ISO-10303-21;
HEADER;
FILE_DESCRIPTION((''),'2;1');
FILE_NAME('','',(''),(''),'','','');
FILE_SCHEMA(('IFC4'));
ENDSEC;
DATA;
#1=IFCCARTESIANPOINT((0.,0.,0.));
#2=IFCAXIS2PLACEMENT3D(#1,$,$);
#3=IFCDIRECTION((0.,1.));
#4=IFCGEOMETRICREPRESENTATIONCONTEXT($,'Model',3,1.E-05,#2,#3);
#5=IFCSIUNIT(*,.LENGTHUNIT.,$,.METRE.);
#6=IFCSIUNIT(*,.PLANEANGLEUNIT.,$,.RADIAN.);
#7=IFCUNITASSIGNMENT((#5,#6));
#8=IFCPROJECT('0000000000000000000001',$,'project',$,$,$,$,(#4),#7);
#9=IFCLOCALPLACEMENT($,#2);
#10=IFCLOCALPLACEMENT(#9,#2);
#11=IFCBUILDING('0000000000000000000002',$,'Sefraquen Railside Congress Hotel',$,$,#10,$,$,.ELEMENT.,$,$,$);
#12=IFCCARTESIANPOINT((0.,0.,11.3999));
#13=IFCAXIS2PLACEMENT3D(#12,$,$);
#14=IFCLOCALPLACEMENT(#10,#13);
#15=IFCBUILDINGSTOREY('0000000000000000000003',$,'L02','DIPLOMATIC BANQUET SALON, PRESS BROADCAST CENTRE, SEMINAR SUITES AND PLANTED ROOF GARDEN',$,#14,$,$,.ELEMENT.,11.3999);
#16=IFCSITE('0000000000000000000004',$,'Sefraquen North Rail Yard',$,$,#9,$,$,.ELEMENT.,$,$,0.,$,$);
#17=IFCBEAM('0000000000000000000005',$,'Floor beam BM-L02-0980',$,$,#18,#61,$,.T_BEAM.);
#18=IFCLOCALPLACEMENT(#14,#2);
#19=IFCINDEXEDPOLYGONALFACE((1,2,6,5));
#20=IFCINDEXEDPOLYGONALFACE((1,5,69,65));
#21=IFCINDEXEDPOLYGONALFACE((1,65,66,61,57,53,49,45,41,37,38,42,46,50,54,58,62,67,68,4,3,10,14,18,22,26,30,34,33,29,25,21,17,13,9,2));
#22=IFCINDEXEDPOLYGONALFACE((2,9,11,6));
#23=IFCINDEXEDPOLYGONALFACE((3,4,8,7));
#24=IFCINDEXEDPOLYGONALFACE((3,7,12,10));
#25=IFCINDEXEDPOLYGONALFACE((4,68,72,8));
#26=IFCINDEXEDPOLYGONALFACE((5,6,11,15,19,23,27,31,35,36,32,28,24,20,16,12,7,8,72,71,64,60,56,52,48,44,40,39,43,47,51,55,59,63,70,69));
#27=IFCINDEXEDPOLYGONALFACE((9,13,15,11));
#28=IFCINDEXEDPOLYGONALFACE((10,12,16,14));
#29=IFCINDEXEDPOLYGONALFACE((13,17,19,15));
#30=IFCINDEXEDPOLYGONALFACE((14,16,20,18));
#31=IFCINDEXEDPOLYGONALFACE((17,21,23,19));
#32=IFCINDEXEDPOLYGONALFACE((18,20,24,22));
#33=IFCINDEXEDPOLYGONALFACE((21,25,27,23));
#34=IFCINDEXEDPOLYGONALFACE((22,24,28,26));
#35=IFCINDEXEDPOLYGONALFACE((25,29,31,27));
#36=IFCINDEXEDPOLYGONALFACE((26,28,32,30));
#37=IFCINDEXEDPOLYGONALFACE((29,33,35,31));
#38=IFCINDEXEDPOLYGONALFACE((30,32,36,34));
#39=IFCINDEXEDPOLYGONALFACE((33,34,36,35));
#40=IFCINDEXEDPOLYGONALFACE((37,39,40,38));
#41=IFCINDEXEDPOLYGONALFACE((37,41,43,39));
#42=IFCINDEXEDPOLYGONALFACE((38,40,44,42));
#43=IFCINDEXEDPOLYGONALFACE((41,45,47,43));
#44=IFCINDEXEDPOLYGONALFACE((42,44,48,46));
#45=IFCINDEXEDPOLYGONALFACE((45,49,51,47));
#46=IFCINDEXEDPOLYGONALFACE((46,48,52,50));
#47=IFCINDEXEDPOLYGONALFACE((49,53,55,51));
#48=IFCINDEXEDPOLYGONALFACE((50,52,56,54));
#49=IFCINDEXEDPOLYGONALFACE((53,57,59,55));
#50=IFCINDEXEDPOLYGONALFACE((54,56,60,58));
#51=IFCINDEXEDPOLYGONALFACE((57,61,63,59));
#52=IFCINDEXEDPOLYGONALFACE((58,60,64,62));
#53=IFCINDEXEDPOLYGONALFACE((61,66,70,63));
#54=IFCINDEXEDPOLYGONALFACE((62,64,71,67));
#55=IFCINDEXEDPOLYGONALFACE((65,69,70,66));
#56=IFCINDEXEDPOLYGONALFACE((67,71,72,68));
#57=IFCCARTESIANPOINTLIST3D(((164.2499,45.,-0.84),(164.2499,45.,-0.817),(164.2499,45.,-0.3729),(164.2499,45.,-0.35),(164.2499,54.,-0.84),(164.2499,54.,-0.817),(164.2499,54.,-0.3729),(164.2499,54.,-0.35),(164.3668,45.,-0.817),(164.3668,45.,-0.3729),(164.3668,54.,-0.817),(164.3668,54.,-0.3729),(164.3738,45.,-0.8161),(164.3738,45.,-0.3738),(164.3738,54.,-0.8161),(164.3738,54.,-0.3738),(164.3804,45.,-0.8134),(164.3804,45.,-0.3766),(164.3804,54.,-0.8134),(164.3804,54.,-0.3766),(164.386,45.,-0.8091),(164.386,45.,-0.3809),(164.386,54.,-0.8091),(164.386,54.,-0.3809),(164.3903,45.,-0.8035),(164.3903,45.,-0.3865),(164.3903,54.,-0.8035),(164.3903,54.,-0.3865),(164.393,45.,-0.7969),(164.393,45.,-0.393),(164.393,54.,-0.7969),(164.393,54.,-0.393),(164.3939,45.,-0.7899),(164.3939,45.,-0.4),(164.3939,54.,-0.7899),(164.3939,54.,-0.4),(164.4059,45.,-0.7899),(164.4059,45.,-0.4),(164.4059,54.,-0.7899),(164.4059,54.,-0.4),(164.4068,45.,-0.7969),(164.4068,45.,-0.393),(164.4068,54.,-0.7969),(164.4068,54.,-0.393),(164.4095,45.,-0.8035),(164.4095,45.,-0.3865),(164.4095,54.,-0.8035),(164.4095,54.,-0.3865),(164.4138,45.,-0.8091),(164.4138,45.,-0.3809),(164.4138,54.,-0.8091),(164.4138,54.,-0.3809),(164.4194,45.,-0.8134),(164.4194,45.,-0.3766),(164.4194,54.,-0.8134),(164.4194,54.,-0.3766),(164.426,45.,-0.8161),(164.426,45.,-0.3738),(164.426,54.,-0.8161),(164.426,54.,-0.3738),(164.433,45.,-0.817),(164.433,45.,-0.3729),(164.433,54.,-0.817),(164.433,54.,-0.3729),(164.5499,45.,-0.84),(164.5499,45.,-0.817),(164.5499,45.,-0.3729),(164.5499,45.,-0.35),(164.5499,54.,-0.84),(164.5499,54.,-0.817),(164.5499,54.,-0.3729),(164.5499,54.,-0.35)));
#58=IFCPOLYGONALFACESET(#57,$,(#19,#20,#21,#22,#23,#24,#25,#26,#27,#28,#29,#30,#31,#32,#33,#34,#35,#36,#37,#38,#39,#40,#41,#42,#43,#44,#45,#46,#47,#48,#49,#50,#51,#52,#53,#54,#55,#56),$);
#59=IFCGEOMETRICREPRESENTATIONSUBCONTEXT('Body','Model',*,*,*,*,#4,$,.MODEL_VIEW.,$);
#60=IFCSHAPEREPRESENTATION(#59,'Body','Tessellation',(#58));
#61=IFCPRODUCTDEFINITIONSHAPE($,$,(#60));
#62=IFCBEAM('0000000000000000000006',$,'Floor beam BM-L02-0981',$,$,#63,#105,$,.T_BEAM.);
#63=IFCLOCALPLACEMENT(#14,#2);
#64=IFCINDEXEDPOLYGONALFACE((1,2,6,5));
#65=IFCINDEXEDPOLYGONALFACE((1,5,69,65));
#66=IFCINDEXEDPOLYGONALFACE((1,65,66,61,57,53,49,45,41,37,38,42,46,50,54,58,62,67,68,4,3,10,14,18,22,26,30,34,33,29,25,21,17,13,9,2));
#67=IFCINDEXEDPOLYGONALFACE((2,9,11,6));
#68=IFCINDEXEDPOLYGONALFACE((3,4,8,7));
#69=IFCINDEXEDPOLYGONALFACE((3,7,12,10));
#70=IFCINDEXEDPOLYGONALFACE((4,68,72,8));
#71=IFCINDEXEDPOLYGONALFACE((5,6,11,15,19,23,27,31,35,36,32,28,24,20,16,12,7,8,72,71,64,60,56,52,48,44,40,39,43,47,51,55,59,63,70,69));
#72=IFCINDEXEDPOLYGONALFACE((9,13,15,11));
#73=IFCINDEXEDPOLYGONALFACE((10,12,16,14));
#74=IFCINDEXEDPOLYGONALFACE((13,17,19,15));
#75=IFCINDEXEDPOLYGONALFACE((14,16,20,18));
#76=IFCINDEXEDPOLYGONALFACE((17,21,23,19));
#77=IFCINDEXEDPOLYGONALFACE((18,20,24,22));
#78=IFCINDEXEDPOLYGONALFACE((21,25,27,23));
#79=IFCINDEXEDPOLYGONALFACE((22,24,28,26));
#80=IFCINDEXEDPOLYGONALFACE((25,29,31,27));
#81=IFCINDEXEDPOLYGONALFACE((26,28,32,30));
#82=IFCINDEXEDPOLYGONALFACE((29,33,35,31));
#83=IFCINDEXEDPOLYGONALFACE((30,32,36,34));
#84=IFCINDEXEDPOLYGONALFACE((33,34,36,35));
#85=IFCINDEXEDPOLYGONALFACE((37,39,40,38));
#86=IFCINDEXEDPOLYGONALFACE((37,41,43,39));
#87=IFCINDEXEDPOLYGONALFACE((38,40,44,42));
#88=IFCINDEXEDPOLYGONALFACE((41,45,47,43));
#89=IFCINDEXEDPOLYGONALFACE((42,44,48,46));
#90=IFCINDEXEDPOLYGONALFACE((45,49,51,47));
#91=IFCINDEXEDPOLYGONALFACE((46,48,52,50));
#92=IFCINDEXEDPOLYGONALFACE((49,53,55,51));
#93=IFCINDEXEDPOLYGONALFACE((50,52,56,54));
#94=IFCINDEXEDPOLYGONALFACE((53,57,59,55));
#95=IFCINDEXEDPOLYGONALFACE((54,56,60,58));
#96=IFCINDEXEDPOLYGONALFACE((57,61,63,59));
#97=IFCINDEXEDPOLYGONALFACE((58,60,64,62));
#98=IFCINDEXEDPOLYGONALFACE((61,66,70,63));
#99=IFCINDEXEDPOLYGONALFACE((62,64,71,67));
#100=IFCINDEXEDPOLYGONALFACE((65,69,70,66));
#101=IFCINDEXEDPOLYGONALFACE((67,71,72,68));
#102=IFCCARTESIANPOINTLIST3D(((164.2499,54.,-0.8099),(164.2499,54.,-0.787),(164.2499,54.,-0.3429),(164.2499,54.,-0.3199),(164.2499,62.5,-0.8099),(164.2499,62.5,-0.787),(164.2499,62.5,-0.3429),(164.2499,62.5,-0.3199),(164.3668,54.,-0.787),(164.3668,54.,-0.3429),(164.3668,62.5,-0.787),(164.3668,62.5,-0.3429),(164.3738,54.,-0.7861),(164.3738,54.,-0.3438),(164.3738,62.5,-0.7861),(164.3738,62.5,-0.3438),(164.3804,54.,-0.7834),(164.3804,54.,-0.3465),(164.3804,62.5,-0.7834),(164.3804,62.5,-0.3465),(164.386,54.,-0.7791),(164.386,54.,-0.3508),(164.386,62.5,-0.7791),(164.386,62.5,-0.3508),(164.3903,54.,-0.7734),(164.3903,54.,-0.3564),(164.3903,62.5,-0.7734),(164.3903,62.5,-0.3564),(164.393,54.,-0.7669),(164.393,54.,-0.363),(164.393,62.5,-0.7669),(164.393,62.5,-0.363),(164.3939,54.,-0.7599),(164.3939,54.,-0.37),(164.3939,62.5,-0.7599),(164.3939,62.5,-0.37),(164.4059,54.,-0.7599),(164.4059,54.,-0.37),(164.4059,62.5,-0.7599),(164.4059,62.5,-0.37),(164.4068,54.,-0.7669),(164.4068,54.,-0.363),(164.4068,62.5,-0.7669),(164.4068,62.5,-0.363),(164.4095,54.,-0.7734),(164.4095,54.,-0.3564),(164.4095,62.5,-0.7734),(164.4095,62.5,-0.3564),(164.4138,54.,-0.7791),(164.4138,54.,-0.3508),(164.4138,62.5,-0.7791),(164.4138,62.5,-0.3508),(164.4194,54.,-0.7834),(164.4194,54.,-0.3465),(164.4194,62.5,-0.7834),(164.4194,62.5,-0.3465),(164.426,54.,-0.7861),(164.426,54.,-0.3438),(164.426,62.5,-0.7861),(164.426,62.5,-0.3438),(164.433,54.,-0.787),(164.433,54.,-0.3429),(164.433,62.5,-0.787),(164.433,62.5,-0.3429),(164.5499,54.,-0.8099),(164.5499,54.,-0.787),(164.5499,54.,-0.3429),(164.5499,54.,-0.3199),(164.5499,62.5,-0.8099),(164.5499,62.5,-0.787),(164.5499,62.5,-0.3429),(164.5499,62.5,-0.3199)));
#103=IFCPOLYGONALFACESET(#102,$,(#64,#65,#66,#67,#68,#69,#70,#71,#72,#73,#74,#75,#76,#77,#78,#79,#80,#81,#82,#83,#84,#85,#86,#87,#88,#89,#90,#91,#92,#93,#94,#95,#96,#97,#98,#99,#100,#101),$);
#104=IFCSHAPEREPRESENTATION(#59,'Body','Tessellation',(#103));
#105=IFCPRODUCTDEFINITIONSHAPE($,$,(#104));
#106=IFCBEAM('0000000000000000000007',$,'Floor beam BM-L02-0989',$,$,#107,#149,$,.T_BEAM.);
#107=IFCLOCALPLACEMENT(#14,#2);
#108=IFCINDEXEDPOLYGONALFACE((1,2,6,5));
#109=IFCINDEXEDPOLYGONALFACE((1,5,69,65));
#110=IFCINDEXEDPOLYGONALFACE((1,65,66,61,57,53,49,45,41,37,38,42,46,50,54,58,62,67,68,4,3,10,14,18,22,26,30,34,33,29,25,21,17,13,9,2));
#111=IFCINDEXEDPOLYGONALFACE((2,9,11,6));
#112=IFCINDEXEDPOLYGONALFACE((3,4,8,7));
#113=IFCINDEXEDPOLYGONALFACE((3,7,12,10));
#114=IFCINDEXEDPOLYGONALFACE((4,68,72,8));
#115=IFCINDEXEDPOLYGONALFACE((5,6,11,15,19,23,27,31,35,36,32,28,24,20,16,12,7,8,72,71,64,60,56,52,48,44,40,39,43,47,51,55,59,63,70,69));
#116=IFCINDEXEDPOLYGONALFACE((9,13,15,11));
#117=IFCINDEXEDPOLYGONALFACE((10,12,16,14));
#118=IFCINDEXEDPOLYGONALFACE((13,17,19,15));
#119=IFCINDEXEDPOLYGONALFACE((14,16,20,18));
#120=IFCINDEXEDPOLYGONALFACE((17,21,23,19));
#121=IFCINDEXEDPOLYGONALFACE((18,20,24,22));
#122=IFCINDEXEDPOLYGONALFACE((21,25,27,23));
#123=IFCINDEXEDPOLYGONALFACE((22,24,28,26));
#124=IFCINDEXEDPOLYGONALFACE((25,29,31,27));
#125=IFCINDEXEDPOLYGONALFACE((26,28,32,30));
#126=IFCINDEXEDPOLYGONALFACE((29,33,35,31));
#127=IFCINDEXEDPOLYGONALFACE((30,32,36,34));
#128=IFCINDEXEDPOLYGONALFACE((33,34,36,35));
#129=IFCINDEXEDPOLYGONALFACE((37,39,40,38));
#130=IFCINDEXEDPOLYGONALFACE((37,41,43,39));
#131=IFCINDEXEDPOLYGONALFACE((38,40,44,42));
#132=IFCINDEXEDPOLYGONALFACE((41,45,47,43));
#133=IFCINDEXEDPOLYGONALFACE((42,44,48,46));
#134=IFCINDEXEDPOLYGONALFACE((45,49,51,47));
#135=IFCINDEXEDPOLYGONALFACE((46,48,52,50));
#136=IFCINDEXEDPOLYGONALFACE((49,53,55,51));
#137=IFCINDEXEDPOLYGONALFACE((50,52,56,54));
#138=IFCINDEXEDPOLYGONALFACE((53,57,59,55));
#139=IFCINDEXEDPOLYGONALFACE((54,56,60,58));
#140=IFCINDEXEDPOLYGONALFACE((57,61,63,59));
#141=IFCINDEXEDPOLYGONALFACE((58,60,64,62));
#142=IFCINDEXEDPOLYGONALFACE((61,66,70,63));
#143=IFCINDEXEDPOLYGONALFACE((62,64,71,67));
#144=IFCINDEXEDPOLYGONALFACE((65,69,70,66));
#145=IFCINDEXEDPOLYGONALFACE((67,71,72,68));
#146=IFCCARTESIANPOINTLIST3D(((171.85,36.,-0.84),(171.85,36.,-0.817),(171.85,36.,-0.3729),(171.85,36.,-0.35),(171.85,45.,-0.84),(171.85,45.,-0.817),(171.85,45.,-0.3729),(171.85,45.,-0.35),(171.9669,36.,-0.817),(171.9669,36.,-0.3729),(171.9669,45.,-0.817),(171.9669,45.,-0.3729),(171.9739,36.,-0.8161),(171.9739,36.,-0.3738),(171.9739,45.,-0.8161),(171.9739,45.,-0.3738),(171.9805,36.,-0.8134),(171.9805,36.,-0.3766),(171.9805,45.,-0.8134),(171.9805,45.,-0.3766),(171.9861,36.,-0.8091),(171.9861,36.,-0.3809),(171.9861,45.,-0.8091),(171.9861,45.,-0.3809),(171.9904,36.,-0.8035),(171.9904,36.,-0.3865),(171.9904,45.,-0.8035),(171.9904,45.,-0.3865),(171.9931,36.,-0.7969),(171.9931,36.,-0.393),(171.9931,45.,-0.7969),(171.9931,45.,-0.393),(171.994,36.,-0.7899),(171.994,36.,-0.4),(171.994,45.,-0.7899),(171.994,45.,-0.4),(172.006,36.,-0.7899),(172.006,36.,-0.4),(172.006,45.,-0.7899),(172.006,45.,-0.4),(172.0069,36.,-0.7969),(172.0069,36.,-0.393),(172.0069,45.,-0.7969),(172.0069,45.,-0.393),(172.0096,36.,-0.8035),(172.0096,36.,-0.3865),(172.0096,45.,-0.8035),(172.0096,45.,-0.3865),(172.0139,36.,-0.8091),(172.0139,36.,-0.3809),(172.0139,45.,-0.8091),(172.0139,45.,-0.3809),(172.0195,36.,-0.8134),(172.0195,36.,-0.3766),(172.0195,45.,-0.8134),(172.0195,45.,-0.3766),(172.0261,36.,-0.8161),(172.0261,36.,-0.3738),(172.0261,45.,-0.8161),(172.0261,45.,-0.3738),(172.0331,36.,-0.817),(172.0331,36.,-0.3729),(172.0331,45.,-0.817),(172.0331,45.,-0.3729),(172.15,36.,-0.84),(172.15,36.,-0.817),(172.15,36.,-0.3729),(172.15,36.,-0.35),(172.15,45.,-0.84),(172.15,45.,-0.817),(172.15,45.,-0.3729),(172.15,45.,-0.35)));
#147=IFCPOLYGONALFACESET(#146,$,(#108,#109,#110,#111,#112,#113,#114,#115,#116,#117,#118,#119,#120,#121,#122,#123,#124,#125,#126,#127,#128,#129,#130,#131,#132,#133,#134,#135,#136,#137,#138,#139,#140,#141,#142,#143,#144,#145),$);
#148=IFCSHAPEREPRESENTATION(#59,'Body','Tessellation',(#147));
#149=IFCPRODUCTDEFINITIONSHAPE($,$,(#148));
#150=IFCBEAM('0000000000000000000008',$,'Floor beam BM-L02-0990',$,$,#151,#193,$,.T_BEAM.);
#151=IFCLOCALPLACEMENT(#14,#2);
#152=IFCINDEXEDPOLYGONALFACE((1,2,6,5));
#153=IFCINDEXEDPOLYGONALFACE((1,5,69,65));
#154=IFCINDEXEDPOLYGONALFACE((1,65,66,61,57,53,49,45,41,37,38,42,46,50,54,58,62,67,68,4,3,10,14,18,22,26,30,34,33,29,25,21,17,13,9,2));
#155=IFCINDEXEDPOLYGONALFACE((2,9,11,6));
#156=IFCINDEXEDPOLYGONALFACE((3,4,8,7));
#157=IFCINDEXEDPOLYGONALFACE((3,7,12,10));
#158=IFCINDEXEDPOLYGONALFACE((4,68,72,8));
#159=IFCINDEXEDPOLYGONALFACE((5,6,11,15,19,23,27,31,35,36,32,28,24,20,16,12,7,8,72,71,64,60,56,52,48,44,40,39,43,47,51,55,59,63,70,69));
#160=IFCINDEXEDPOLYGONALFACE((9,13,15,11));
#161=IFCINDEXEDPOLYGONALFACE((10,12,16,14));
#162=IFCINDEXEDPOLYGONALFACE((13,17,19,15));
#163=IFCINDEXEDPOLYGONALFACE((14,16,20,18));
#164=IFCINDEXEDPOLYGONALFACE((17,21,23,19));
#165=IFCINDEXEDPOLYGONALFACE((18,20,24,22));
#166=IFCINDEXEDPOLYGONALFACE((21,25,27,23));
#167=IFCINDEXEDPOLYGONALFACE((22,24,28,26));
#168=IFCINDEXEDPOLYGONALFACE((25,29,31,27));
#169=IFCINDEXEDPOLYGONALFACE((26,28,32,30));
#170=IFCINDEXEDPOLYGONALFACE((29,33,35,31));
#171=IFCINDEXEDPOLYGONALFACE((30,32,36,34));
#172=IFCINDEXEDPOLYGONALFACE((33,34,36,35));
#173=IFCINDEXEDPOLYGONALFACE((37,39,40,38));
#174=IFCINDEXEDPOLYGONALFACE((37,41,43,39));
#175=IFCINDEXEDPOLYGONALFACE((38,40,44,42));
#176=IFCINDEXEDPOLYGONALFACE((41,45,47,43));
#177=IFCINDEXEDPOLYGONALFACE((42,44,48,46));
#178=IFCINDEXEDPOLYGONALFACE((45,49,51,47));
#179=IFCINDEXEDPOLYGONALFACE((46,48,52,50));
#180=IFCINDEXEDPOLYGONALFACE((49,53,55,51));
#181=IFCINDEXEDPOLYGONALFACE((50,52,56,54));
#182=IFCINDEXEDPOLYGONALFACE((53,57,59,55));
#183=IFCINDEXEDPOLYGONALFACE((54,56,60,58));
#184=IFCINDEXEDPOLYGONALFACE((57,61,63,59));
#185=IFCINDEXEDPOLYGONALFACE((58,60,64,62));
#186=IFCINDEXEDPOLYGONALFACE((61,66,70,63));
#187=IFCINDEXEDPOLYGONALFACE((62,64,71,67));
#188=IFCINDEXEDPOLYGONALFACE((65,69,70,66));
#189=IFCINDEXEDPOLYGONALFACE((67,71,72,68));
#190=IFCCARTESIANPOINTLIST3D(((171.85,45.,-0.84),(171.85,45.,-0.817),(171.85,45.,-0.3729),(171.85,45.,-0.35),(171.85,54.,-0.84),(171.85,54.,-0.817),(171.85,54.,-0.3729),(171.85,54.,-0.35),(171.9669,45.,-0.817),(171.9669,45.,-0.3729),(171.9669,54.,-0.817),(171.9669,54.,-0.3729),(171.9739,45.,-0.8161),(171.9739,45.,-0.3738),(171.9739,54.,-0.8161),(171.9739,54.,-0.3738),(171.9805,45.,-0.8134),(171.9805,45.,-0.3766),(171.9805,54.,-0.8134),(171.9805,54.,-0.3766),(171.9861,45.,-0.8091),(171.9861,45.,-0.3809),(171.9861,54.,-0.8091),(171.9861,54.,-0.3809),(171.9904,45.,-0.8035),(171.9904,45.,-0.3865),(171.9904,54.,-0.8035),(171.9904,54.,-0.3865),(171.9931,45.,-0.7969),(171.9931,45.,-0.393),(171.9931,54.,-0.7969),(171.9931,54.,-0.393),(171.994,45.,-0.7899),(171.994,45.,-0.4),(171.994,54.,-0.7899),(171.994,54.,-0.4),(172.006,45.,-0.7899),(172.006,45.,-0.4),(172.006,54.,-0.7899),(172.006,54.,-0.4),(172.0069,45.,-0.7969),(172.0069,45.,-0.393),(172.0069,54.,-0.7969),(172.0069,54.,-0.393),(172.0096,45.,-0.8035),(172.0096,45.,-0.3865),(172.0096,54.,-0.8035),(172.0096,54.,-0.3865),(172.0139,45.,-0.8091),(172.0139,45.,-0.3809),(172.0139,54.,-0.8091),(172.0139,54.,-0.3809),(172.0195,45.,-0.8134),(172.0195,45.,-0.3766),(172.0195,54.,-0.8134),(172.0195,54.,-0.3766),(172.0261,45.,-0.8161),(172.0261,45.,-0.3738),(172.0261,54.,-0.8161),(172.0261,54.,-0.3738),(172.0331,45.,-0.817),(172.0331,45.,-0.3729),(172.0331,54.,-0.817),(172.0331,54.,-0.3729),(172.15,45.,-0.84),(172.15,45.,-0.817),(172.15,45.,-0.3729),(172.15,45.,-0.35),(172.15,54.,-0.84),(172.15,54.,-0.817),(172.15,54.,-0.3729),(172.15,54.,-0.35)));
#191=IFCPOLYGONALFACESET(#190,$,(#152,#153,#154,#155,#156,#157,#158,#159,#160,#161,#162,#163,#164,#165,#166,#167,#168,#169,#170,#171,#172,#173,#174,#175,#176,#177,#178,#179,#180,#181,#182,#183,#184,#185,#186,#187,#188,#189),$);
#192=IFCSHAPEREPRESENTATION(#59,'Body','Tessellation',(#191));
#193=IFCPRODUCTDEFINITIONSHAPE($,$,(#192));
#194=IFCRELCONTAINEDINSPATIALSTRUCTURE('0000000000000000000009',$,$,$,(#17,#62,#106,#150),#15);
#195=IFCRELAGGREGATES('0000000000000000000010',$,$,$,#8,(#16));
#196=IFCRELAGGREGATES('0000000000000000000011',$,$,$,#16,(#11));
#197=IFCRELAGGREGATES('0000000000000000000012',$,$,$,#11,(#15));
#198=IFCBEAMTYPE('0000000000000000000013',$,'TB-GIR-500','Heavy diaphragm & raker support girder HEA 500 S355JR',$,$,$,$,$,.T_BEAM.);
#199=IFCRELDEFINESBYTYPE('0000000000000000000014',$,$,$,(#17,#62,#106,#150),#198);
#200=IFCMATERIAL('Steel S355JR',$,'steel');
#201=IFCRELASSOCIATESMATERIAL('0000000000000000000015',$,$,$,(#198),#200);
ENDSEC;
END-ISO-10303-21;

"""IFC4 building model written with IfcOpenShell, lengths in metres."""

from ifc_helpers import new_model, si_unit, direction, frame, origin, origin_2d, place, context, subcontext, project, spatial, i_section, extrude, material, material_profile, profile_set, type_object, element, save


model = new_model("IFC4")

# Units and contexts
model_context = context("Model", 3, precision=1e-05, world=origin(), true_north=direction((0.0, 1.0)))
body_context = subcontext(model_context, "Body", "Model", "MODEL_VIEW")
ifc_project = project(units=[si_unit("LENGTHUNIT", "METRE"), si_unit("PLANEANGLEUNIT", "RADIAN")], contexts=[model_context])

# Site, building, storey
site_placement = place(None, origin())
site = spatial("IfcSite", under=ifc_project, at=site_placement, Name="Sefraquen North Rail Yard", CompositionType="ELEMENT", RefElevation=0.0)
building_placement = place(site_placement, origin())
building = spatial("IfcBuilding", under=site, at=building_placement, Name="Sefraquen Railside Congress Hotel", CompositionType="ELEMENT")
storey_placement = place(building_placement, frame((0.0, 0.0, 11.3999)))
storey = spatial("IfcBuildingStorey", under=building, at=storey_placement, Name="L02", Description="DIPLOMATIC BANQUET SALON, PRESS BROADCAST CENTRE, SEMINAR SUITES AND PLANTED ROOF GARDEN", CompositionType="ELEMENT", Elevation=11.3999)

# Shared definitions
ifc_material_1 = material(Name="Steel S355JR", Category="steel")

# Beams
ifc_material_profile_1 = material_profile(ifc_material_1, i_section(OverallWidth=0.3, OverallDepth=0.49, WebThickness=0.012, FlangeThickness=0.0229, FilletRadius=0.0271, at=origin_2d()), Name="HEA 500")
ifc_profile_set_1 = profile_set([ifc_material_profile_1], Name="Steel S355JR")
beam_type_1 = type_object("IfcBeamType", Name="TB-GIR-500", Description="Heavy diaphragm & raker support girder HEA 500 S355JR", PredefinedType="T_BEAM", material=ifc_profile_set_1)
beam_1_placement = place(storey_placement, frame((164.3999, 45.0, -0.595), z_axis=(0.0, 1.0, 0.0), x_axis=(-1.0, 0.0, 0.0)))
element("IfcBeam", 1, at=beam_1_placement, inside=storey, type_object=beam_type_1, Name="Floor beam BM-L02-0980", PredefinedType="T_BEAM", context=body_context, shape_type="SweptSolid", body=[
    extrude(i_section(OverallWidth=0.3, OverallDepth=0.49, WebThickness=0.012, FlangeThickness=0.0229, FilletRadius=0.0271, at=origin_2d()), origin(), (0.0, 0.0, 1.0), 9.0),
])
beam_2_placement = place(storey_placement, frame((164.3999, 54.0, -0.5649), z_axis=(0.0, 1.0, 0.0), x_axis=(-1.0, 0.0, 0.0)))
element("IfcBeam", 2, at=beam_2_placement, inside=storey, type_object=beam_type_1, Name="Floor beam BM-L02-0981", PredefinedType="T_BEAM", context=body_context, shape_type="SweptSolid", body=[
    extrude(i_section(OverallWidth=0.3, OverallDepth=0.49, WebThickness=0.012, FlangeThickness=0.0229, FilletRadius=0.0271, at=origin_2d()), origin(), (0.0, 0.0, 1.0), 8.5),
])
for number, where, z_axis, x_axis, name in (
    (3, (172.0, 36.0, -0.595), (0.0, 1.0, 0.0), (-1.0, 0.0, 0.0), "Floor beam BM-L02-0989"),
    (4, (172.0, 45.0, -0.595), (0.0, 1.0, 0.0), (-1.0, 0.0, 0.0), "Floor beam BM-L02-0990"),
):
    element("IfcBeam", number, at=place(storey_placement, frame(where, z_axis=z_axis, x_axis=x_axis)), inside=storey, type_object=beam_type_1, Name=name, PredefinedType="T_BEAM", context=body_context, shape_type="SweptSolid", body=[
        extrude(i_section(OverallWidth=0.3, OverallDepth=0.49, WebThickness=0.012, FlangeThickness=0.0229, FilletRadius=0.0271, at=origin_2d()), origin(), (0.0, 0.0, 1.0), 9.0),
    ])

save(model, "model.ifc")
